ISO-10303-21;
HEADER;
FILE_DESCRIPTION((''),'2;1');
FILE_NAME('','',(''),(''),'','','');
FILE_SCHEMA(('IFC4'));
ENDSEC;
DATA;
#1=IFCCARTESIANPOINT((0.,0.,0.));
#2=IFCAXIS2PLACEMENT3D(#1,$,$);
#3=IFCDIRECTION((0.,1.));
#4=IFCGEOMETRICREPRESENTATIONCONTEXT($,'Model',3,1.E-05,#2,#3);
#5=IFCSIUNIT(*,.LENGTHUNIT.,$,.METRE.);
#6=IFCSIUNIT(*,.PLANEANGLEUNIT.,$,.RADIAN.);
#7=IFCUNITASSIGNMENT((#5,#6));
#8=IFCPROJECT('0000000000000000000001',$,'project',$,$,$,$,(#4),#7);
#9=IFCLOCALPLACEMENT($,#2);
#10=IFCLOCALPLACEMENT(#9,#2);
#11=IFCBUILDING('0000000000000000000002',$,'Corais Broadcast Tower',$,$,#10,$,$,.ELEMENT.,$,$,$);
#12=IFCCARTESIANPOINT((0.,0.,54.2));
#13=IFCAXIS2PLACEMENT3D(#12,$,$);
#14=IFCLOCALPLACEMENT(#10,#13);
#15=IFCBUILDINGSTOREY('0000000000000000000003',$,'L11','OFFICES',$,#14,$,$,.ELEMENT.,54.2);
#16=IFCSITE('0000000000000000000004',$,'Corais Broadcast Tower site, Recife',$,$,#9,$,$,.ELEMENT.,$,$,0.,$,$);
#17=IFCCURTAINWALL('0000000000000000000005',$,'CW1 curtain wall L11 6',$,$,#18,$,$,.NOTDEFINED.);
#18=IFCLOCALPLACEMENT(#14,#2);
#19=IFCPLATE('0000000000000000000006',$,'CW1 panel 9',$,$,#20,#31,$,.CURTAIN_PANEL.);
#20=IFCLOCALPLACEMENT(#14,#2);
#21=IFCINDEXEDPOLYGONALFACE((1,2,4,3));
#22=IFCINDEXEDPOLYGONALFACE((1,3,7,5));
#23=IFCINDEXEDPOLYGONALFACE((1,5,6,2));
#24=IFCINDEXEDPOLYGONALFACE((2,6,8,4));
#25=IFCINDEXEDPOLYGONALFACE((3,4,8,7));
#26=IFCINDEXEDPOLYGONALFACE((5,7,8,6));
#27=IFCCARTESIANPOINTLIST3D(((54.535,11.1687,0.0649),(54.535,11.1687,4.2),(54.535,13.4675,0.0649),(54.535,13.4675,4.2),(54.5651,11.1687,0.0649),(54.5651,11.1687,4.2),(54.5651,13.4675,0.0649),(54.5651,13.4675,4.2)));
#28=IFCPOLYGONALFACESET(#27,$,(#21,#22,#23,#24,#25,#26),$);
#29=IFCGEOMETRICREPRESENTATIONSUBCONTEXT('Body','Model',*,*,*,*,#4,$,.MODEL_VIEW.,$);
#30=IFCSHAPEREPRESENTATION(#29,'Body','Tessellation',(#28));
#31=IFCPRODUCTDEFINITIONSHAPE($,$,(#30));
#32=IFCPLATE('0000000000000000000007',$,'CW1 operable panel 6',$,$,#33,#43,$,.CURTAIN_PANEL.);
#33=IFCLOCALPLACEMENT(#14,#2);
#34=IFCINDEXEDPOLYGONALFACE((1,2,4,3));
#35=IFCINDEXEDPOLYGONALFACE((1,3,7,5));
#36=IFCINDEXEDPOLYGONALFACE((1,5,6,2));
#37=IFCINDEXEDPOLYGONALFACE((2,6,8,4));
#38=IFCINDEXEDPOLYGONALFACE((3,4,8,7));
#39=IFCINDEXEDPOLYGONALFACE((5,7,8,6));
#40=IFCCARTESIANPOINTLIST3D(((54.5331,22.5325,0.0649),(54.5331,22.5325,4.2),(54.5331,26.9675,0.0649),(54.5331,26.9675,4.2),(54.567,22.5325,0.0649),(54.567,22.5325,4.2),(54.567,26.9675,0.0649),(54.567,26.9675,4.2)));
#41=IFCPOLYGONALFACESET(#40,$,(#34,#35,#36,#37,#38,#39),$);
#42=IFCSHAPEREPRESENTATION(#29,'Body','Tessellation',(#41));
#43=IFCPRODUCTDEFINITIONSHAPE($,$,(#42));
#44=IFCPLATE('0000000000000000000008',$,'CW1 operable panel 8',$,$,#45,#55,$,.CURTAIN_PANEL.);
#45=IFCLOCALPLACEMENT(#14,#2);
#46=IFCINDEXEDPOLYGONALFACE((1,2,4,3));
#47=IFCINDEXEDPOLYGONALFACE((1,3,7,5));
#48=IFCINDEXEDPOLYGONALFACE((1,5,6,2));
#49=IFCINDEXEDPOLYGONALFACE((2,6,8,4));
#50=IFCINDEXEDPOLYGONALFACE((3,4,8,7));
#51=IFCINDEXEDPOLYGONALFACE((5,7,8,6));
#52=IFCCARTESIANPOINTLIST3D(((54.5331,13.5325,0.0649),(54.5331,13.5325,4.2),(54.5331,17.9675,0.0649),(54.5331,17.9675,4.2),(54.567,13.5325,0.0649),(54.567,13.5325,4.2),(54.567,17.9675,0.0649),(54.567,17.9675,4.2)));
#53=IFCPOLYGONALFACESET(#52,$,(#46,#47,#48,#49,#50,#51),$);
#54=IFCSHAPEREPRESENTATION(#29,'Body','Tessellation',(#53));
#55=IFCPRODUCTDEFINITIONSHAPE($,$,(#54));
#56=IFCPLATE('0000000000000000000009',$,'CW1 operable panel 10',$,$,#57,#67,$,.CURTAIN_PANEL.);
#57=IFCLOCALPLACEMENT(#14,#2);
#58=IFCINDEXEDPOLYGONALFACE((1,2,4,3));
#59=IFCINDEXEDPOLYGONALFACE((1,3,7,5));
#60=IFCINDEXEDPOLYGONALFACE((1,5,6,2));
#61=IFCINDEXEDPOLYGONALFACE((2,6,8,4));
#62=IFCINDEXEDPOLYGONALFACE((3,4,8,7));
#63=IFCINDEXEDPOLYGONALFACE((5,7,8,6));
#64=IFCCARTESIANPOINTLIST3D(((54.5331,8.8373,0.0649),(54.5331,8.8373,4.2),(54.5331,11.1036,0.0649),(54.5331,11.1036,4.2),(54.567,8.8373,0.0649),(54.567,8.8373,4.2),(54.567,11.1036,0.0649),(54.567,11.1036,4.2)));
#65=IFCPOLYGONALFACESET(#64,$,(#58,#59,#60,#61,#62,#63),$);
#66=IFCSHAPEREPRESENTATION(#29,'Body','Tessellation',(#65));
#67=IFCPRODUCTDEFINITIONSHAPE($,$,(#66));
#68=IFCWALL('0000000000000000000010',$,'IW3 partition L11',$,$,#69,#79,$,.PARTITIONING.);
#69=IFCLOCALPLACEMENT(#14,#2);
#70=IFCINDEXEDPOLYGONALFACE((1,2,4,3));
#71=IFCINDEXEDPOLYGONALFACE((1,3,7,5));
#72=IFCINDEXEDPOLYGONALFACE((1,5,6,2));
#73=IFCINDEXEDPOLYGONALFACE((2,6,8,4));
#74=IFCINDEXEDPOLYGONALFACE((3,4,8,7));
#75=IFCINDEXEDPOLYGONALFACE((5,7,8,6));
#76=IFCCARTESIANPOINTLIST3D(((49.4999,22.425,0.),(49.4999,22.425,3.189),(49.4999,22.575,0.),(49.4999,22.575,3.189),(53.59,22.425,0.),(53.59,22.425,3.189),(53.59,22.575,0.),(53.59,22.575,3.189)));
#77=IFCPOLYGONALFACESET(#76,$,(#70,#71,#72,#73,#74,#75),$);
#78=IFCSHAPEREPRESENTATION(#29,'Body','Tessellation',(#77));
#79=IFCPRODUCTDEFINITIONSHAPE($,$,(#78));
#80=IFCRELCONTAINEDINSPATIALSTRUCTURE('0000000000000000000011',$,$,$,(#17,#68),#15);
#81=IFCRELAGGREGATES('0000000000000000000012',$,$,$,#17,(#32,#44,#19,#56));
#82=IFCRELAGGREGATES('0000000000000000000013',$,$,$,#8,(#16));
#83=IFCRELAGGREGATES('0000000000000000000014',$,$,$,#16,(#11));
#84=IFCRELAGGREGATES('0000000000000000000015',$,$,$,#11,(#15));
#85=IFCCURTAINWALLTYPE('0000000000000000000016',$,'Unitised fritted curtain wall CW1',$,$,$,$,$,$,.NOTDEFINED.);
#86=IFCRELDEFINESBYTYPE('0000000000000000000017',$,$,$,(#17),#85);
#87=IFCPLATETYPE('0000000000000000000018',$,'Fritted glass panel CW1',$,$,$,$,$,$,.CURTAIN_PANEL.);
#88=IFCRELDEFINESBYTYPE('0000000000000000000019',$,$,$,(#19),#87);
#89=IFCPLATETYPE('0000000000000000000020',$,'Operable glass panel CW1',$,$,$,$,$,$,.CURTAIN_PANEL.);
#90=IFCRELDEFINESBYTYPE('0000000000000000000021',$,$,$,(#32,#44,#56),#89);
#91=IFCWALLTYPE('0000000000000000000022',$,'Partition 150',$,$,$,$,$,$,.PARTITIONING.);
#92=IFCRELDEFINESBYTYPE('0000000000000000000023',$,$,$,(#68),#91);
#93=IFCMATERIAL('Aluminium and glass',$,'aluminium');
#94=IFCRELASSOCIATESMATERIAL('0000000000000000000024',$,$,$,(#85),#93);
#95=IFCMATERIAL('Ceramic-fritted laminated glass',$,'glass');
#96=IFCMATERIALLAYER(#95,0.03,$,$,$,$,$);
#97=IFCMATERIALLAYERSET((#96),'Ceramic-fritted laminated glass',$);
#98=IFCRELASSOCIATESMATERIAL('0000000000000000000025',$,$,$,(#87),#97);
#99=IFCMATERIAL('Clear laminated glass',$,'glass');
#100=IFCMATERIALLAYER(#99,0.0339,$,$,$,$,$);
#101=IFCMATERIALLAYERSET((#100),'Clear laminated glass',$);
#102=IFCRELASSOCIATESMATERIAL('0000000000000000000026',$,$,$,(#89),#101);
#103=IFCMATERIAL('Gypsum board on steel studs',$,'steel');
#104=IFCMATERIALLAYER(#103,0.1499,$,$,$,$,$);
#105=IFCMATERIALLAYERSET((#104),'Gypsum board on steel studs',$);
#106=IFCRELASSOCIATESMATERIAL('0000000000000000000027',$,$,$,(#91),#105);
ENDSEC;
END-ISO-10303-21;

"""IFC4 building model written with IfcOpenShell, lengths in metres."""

from ifc_helpers import new_model, si_unit, direction, frame, frame_2d, origin, origin_2d, place, context, subcontext, project, spatial, rectangle, extrude, material, layer, layer_set, type_object, element, aggregate, save


model = new_model("IFC4")

# Units and contexts
model_context = context("Model", 3, precision=1e-05, world=origin(), true_north=direction((0.0, 1.0)))
body_context = subcontext(model_context, "Body", "Model", "MODEL_VIEW")
ifc_project = project(units=[si_unit("LENGTHUNIT", "METRE"), si_unit("PLANEANGLEUNIT", "RADIAN")], contexts=[model_context])

# Site, building, storey
site_placement = place(None, origin())
site = spatial("IfcSite", under=ifc_project, at=site_placement, Name="Corais Broadcast Tower site, Recife", CompositionType="ELEMENT", RefElevation=0.0)
building_placement = place(site_placement, origin())
building = spatial("IfcBuilding", under=site, at=building_placement, Name="Corais Broadcast Tower", CompositionType="ELEMENT")
storey_placement = place(building_placement, frame((0.0, 0.0, 54.2)))
storey = spatial("IfcBuildingStorey", under=building, at=storey_placement, Name="L11", Description="OFFICES", CompositionType="ELEMENT", Elevation=54.2)

# Curtain wall
ifc_material_1 = material(Name="Aluminium and glass", Category="aluminium")
curtain_wall_type = type_object("IfcCurtainWallType", Name="Unitised fritted curtain wall CW1", PredefinedType="NOTDEFINED", material=ifc_material_1)
curtain_wall_placement = place(storey_placement, origin())
curtain_wall = element("IfcCurtainWall", 1, at=curtain_wall_placement, inside=storey, type_object=curtain_wall_type, Name="CW1 curtain wall L11 6", PredefinedType="NOTDEFINED")

# Plates
ifc_material_2 = material(Name="Ceramic-fritted laminated glass", Category="glass")
ifc_layer_1 = layer(ifc_material_2, 0.03)
ifc_layer_set_1 = layer_set([ifc_layer_1], Name="Ceramic-fritted laminated glass")
plate_type_1 = type_object("IfcPlateType", Name="Fritted glass panel CW1", PredefinedType="CURTAIN_PANEL", material=ifc_layer_set_1)
plate_1_placement = place(storey_placement, frame((54.55, 12.3181, 0.0649), z_axis=(0.0, 0.0, 1.0), x_axis=(0.0, -1.0, 0.0)))
plate_1 = element("IfcPlate", 2, at=plate_1_placement, type_object=plate_type_1, Name="CW1 panel 9", PredefinedType="CURTAIN_PANEL", context=body_context, shape_type="SweptSolid", body=[
    extrude(rectangle(XDim=2.2988, YDim=0.03, at=origin_2d()), origin(), (0.0, 0.0, 1.0), 4.135),
])
ifc_material_3 = material(Name="Clear laminated glass", Category="glass")
ifc_layer_2 = layer(ifc_material_3, 0.0339)
ifc_layer_set_2 = layer_set([ifc_layer_2], Name="Clear laminated glass")
plate_type_2 = type_object("IfcPlateType", Name="Operable glass panel CW1", PredefinedType="CURTAIN_PANEL", material=ifc_layer_set_2)
plate_2_placement = place(storey_placement, frame((54.55, 24.75, 0.0649), z_axis=(0.0, 0.0, 1.0), x_axis=(0.0, -1.0, 0.0)))
plate_2 = element("IfcPlate", 3, at=plate_2_placement, type_object=plate_type_2, Name="CW1 operable panel 6", PredefinedType="CURTAIN_PANEL", context=body_context, shape_type="SweptSolid", body=[
    extrude(rectangle(XDim=4.4351, YDim=0.0339, at=origin_2d()), origin(), (0.0, 0.0, 1.0), 4.135),
])
plate_3_placement = place(storey_placement, frame((54.55, 15.75, 0.0649), z_axis=(0.0, 0.0, 1.0), x_axis=(0.0, -1.0, 0.0)))
plate_3 = element("IfcPlate", 4, at=plate_3_placement, type_object=plate_type_2, Name="CW1 operable panel 8", PredefinedType="CURTAIN_PANEL", context=body_context, shape_type="SweptSolid", body=[
    extrude(rectangle(XDim=4.4351, YDim=0.0339, at=origin_2d()), origin(), (0.0, 0.0, 1.0), 4.135),
])
plate_4_placement = place(storey_placement, frame((54.55, 9.9705, 0.0649), z_axis=(0.0, 0.0, 1.0), x_axis=(0.0, -1.0, 0.0)))
plate_4 = element("IfcPlate", 5, at=plate_4_placement, type_object=plate_type_2, Name="CW1 operable panel 10", PredefinedType="CURTAIN_PANEL", context=body_context, shape_type="SweptSolid", body=[
    extrude(rectangle(XDim=2.2664, YDim=0.0339, at=origin_2d()), origin(), (0.0, 0.0, 1.0), 4.135),
])
aggregate(curtain_wall, [plate_2, plate_3, plate_1, plate_4])

# Wall
ifc_material_4 = material(Name="Gypsum board on steel studs", Category="steel")
ifc_layer_3 = layer(ifc_material_4, 0.1499)
ifc_layer_set_3 = layer_set([ifc_layer_3], Name="Gypsum board on steel studs")
wall_type = type_object("IfcWallType", Name="Partition 150", PredefinedType="PARTITIONING", material=ifc_layer_set_3)
wall_placement = place(storey_placement, frame((49.5, 22.5, 0.0), z_axis=(0.0, 0.0, 1.0), x_axis=(1.0, 0.0, 0.0)))
element("IfcWall", 6, at=wall_placement, inside=storey, type_object=wall_type, Name="IW3 partition L11", PredefinedType="PARTITIONING", context=body_context, shape_type="SweptSolid", body=[
    extrude(rectangle(XDim=4.0901, YDim=0.1499, at=frame_2d((2.0449, 0.0))), origin(), (0.0, 0.0, 1.0), 3.189),
])

save(model, "model.ifc")
